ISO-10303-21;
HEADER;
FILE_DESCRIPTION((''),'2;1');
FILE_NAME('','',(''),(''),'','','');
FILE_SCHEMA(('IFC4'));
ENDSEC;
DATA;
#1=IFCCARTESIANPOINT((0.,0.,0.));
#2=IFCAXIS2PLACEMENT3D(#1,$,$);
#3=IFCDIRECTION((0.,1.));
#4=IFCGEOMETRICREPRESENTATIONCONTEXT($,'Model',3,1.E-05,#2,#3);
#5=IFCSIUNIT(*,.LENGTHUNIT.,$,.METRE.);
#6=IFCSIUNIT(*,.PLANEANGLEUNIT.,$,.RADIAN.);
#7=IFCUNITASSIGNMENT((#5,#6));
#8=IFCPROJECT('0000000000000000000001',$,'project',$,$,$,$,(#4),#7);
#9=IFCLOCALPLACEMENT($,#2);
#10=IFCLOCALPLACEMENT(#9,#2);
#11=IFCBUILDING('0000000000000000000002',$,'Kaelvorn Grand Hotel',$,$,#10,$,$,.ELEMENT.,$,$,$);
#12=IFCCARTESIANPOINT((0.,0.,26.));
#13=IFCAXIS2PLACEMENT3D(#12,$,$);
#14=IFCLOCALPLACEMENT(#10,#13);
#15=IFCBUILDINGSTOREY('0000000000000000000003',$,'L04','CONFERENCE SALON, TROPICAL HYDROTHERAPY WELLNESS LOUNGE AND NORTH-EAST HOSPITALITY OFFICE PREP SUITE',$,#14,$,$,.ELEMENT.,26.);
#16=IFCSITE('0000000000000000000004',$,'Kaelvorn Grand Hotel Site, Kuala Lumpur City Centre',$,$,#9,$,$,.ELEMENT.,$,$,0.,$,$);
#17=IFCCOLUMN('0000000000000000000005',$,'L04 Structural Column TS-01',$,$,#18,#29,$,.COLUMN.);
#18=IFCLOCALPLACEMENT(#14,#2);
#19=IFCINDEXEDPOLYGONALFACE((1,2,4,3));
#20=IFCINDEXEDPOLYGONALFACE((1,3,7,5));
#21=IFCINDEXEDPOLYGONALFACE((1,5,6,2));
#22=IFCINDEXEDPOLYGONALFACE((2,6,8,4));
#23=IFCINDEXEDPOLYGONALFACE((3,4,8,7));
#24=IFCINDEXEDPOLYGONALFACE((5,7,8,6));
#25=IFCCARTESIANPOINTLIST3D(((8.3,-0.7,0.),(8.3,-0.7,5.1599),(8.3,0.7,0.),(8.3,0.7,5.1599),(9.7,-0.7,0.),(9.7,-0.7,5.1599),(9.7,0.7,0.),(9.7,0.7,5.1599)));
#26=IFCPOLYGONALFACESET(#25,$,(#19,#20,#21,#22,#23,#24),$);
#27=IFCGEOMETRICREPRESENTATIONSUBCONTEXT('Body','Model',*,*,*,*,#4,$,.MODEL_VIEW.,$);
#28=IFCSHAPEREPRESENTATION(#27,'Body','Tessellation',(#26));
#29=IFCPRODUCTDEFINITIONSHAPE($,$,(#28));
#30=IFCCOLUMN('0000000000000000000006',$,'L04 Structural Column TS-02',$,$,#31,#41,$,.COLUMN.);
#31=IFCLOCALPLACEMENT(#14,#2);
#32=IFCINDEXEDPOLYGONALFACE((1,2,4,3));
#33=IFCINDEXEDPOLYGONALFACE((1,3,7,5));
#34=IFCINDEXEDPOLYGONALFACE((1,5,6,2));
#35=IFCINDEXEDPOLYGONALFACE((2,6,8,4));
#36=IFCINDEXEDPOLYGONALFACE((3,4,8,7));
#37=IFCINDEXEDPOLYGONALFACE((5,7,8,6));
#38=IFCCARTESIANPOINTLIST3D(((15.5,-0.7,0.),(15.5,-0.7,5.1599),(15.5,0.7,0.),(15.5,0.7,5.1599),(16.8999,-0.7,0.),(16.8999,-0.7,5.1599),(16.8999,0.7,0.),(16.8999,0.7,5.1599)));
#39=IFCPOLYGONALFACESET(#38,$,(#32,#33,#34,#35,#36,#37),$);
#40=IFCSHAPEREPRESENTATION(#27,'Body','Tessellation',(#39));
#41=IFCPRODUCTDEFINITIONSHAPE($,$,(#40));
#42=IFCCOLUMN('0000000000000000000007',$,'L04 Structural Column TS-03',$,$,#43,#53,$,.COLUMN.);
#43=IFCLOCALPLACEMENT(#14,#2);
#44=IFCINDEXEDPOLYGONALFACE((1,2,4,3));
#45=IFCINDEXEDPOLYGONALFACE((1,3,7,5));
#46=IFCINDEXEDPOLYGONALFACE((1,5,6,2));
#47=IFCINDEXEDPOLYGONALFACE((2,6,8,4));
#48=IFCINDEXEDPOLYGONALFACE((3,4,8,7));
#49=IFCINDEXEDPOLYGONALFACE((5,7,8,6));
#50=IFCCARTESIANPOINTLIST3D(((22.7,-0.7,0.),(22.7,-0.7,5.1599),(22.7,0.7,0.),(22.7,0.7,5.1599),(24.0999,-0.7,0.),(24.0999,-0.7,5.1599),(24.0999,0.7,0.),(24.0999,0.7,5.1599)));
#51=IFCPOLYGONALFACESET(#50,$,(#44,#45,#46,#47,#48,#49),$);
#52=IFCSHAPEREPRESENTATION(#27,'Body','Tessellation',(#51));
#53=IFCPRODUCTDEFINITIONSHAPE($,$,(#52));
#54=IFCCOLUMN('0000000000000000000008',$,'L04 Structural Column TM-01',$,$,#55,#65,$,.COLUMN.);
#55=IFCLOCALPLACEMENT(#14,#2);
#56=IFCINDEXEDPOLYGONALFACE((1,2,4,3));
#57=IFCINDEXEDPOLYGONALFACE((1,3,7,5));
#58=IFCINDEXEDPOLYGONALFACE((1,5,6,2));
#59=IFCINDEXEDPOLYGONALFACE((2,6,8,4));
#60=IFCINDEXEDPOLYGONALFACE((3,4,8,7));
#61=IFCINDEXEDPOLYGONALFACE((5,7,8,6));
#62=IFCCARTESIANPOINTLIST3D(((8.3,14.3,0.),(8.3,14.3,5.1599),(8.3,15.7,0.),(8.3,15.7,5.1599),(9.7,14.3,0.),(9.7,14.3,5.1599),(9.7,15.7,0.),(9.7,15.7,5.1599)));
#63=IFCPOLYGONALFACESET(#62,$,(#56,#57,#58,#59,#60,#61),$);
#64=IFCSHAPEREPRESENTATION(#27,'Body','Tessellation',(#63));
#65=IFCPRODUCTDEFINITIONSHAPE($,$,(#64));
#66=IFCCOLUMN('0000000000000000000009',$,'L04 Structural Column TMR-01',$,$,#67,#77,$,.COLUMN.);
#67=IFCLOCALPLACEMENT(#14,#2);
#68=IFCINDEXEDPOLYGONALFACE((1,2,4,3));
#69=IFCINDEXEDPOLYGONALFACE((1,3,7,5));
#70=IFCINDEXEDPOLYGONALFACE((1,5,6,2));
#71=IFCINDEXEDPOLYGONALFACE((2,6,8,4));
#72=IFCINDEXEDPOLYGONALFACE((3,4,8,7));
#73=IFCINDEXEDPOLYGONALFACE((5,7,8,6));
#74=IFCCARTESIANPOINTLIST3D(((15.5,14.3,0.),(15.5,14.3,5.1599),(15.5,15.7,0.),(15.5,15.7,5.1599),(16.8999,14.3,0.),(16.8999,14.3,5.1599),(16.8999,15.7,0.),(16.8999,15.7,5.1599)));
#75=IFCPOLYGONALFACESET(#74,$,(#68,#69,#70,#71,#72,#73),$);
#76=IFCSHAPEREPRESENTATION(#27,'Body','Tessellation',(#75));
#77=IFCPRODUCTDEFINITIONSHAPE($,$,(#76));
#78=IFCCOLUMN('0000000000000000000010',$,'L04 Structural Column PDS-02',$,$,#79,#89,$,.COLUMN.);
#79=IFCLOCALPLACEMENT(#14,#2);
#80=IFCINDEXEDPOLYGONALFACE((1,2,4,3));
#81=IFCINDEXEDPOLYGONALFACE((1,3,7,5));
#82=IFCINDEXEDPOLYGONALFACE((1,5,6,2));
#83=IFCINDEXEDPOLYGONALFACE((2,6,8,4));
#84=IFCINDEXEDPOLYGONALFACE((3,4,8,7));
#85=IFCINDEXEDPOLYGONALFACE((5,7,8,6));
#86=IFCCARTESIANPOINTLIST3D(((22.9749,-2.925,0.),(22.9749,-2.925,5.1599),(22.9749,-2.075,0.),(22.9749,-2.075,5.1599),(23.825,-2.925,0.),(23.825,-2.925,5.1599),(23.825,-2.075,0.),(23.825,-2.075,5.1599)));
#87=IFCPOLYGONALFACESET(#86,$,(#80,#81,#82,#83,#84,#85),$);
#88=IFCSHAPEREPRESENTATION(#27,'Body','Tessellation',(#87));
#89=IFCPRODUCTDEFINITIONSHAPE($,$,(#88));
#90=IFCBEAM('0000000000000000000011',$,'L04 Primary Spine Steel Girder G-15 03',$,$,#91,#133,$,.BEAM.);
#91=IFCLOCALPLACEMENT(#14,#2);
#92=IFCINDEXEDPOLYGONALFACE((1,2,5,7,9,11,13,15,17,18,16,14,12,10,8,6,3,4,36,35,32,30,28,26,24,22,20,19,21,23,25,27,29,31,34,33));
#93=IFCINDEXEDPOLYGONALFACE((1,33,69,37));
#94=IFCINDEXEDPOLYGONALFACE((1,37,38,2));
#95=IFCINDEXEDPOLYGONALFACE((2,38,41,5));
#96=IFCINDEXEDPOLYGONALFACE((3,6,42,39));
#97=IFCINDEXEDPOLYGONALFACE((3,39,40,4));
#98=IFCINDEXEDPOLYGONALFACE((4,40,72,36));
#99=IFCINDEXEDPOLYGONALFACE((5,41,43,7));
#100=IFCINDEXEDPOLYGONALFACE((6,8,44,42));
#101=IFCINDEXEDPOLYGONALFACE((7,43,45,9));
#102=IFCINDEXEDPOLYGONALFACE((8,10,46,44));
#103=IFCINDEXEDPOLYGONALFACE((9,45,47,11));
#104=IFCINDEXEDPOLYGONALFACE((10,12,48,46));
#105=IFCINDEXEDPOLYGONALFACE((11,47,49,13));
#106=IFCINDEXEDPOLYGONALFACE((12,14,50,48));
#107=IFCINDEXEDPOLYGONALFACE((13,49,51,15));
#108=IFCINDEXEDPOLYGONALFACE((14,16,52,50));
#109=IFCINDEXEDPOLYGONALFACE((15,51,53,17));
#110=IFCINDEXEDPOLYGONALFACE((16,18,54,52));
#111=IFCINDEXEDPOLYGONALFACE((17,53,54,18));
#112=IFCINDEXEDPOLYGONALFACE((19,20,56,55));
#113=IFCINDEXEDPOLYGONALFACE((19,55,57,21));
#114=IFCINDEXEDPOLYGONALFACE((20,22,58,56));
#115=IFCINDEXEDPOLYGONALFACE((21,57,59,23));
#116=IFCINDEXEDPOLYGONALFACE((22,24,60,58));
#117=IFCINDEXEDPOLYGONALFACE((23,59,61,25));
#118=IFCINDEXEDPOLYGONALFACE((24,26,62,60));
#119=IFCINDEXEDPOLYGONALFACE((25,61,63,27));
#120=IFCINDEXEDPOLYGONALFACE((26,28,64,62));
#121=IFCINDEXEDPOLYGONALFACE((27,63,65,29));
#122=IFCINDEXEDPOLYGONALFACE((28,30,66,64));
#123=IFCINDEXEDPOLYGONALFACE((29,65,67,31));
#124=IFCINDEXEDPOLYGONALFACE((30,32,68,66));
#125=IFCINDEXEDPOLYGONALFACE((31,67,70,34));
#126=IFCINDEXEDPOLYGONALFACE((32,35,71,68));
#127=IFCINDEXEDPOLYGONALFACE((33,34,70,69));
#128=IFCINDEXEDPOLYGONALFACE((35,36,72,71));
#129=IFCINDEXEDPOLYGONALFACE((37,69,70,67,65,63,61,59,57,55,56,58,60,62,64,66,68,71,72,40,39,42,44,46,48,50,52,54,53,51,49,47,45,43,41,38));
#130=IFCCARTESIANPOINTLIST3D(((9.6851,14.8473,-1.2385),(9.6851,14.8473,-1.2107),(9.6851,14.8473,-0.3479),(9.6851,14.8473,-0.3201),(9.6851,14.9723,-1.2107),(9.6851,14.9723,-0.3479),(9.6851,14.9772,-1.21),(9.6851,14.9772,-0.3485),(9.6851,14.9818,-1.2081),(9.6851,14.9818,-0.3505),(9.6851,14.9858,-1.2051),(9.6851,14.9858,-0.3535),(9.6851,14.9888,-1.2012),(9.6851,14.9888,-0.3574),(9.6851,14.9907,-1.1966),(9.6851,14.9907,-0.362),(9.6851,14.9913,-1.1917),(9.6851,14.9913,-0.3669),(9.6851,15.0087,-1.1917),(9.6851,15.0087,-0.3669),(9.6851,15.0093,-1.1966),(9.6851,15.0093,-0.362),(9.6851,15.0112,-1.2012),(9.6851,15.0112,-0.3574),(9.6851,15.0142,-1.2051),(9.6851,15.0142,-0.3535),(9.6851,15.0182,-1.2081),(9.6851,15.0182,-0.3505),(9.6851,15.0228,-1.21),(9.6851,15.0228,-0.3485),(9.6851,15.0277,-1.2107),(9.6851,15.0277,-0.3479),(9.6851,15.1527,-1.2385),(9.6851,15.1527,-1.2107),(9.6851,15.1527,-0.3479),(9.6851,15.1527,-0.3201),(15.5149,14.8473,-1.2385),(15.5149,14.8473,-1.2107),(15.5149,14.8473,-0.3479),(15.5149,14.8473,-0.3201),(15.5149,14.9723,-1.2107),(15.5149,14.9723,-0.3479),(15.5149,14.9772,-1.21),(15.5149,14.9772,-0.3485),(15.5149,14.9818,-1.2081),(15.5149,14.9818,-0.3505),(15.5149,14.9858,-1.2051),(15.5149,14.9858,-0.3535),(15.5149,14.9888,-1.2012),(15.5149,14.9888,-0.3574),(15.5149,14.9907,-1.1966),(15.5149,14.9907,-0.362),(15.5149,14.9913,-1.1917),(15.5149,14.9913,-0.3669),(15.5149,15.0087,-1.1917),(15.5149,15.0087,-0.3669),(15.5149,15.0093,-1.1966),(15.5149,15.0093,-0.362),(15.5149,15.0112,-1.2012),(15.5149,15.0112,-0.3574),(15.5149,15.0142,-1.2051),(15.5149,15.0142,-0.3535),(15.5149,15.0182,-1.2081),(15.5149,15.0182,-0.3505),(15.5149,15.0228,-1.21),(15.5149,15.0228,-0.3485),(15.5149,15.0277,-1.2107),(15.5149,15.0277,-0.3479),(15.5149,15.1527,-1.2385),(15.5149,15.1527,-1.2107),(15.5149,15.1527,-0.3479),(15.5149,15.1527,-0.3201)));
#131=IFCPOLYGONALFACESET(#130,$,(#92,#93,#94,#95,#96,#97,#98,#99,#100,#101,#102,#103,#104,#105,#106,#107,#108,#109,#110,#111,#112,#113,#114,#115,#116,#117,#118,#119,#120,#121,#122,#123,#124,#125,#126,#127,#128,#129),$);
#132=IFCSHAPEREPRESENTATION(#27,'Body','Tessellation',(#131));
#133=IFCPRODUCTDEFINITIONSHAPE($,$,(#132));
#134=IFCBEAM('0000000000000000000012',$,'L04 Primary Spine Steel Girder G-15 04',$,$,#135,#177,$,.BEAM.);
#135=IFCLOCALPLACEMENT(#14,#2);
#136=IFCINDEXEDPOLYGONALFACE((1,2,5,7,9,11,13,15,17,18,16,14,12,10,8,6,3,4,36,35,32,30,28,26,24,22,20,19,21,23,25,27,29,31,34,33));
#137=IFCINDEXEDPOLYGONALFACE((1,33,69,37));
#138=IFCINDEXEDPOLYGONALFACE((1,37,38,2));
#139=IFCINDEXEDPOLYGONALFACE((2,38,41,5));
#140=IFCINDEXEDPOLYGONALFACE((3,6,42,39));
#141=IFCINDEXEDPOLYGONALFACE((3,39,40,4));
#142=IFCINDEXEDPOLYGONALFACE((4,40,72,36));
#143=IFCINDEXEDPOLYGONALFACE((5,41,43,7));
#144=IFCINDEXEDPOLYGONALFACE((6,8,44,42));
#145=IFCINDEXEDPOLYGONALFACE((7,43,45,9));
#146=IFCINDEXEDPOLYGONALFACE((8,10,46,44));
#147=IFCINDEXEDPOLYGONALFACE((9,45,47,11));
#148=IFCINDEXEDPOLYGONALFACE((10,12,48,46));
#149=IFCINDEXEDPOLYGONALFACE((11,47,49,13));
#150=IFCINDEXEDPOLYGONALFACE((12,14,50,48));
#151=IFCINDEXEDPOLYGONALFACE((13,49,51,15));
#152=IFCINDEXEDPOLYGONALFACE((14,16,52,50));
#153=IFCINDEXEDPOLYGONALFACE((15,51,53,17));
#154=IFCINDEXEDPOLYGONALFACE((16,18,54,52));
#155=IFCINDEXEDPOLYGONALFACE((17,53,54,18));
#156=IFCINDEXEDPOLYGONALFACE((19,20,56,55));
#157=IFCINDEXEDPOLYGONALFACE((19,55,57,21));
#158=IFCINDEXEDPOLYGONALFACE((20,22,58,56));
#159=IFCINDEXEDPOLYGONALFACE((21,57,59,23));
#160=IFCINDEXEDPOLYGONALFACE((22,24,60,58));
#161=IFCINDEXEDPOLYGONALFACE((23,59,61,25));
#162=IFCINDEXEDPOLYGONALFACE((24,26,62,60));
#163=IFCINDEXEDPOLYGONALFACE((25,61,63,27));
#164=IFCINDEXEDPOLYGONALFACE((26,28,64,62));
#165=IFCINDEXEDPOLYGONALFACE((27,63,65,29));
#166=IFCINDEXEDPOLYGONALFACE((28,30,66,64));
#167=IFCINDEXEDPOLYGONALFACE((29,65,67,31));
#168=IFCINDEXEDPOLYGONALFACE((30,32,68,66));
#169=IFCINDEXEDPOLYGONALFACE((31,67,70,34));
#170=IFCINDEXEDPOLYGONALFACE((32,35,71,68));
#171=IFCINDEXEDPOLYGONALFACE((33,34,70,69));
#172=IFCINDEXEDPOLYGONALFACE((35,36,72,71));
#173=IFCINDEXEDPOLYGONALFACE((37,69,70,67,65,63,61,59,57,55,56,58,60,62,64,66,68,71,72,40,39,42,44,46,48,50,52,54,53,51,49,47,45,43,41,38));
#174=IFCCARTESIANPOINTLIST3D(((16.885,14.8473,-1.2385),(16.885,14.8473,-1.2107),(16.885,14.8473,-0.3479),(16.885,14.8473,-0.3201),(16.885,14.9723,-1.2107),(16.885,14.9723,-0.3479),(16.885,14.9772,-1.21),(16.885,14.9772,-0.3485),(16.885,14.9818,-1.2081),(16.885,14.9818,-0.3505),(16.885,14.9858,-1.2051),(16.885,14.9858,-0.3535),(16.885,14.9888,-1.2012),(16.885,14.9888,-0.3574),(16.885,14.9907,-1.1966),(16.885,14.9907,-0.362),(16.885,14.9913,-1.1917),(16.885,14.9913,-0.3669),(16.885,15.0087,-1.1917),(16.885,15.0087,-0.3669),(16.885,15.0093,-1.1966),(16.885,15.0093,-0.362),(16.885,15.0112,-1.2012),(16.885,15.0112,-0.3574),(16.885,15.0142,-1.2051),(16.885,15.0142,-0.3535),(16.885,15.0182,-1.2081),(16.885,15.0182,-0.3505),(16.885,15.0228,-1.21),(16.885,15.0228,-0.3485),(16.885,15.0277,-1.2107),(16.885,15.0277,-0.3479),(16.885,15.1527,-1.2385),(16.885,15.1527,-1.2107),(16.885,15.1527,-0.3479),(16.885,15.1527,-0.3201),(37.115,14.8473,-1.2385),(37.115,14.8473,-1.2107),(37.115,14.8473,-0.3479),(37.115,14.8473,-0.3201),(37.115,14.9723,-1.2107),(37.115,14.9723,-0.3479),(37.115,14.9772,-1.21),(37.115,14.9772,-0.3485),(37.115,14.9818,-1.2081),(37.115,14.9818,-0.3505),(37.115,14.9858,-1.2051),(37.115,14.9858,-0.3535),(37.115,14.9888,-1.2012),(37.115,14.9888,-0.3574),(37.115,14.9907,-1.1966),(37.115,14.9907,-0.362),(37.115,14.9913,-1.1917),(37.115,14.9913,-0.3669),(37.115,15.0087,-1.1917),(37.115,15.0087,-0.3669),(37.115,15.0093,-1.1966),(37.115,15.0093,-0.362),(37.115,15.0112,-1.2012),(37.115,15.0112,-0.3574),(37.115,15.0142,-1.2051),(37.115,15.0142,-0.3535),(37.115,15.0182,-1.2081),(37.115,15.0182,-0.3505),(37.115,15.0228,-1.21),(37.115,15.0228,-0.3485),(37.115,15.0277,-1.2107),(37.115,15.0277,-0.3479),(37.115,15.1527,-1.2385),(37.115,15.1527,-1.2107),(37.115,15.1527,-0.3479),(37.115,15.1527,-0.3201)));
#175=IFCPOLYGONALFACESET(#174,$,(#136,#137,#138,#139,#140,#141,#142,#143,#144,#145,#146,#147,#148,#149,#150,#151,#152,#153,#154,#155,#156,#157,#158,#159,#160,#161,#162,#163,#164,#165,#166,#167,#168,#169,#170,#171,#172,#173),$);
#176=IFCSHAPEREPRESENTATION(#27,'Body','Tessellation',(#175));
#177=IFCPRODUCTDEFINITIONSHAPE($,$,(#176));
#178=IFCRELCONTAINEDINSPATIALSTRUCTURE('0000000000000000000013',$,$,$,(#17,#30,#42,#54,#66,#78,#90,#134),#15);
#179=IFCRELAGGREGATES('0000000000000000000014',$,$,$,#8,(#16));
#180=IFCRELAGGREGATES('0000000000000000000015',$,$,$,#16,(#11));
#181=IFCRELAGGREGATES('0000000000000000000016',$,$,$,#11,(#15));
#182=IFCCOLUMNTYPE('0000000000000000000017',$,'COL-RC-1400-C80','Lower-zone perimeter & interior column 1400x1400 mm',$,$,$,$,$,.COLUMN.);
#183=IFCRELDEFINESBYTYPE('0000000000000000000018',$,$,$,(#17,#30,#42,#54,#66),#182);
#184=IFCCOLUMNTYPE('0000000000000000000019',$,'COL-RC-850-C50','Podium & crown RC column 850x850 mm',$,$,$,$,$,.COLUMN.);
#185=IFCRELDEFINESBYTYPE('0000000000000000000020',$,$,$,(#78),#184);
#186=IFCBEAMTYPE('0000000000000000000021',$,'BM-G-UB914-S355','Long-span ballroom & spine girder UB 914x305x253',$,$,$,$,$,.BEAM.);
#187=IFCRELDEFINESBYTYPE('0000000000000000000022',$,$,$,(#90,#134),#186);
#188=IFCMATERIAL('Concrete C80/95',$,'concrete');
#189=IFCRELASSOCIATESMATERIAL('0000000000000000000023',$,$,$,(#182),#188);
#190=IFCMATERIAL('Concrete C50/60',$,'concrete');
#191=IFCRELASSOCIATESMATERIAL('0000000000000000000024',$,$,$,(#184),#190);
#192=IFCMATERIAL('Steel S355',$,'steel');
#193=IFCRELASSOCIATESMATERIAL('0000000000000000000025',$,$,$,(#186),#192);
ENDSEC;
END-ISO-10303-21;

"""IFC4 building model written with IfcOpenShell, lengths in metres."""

from ifc_helpers import new_model, si_unit, direction, frame, origin, origin_2d, place, context, subcontext, project, spatial, rectangle, i_section, extrude, material, material_profile, profile_set, type_object, element, save


model = new_model("IFC4")

# Units and contexts
model_context = context("Model", 3, precision=1e-05, world=origin(), true_north=direction((0.0, 1.0)))
body_context = subcontext(model_context, "Body", "Model", "MODEL_VIEW")
ifc_project = project(units=[si_unit("LENGTHUNIT", "METRE"), si_unit("PLANEANGLEUNIT", "RADIAN")], contexts=[model_context])

# Site, building, storey
site_placement = place(None, origin())
site = spatial("IfcSite", under=ifc_project, at=site_placement, Name="Kaelvorn Grand Hotel Site, Kuala Lumpur City Centre", CompositionType="ELEMENT", RefElevation=0.0)
building_placement = place(site_placement, origin())
building = spatial("IfcBuilding", under=site, at=building_placement, Name="Kaelvorn Grand Hotel", CompositionType="ELEMENT")
storey_placement = place(building_placement, frame((0.0, 0.0, 26.0)))
storey = spatial("IfcBuildingStorey", under=building, at=storey_placement, Name="L04", Description="CONFERENCE SALON, TROPICAL HYDROTHERAPY WELLNESS LOUNGE AND NORTH-EAST HOSPITALITY OFFICE PREP SUITE", CompositionType="ELEMENT", Elevation=26.0)

# Columns
ifc_material_1 = material(Name="Concrete C80/95", Category="concrete")
ifc_material_profile_1 = material_profile(ifc_material_1, rectangle(XDim=1.3999, YDim=1.3999, at=origin_2d()), Name="RC COL 1400x1400")
ifc_profile_set_1 = profile_set([ifc_material_profile_1], Name="Concrete C80/95")
column_type_1 = type_object("IfcColumnType", Name="COL-RC-1400-C80", Description="Lower-zone perimeter & interior column 1400x1400 mm", PredefinedType="COLUMN", material=ifc_profile_set_1)
for number, where, z_axis, x_axis, name in (
    (1, (9.0, 0.0, 0.0), (0.0, 0.0, 1.0), (1.0, 0.0, 0.0), "L04 Structural Column TS-01"),
    (2, (16.2, 0.0, 0.0), (0.0, 0.0, 1.0), (1.0, 0.0, 0.0), "L04 Structural Column TS-02"),
    (3, (23.3999, 0.0, 0.0), (0.0, 0.0, 1.0), (1.0, 0.0, 0.0), "L04 Structural Column TS-03"),
    (4, (9.0, 15.0, 0.0), (0.0, 0.0, 1.0), (1.0, 0.0, 0.0), "L04 Structural Column TM-01"),
    (5, (16.2, 15.0, 0.0), (0.0, 0.0, 1.0), (1.0, 0.0, 0.0), "L04 Structural Column TMR-01"),
):
    element("IfcColumn", number, at=place(storey_placement, frame(where, z_axis=z_axis, x_axis=x_axis)), inside=storey, type_object=column_type_1, Name=name, PredefinedType="COLUMN", context=body_context, shape_type="SweptSolid", body=[
        extrude(rectangle(XDim=1.3999, YDim=1.3999, at=origin_2d()), origin(), (0.0, 0.0, 1.0), 5.1599),
    ])
ifc_material_2 = material(Name="Concrete C50/60", Category="concrete")
ifc_material_profile_2 = material_profile(ifc_material_2, rectangle(XDim=0.8501, YDim=0.8501, at=origin_2d()), Name="RC COL 850x850")
ifc_profile_set_2 = profile_set([ifc_material_profile_2], Name="Concrete C50/60")
column_type_2 = type_object("IfcColumnType", Name="COL-RC-850-C50", Description="Podium & crown RC column 850x850 mm", PredefinedType="COLUMN", material=ifc_profile_set_2)
column_placement = place(storey_placement, frame((23.3999, -2.5, 0.0), z_axis=(0.0, 0.0, 1.0), x_axis=(1.0, 0.0, 0.0)))
element("IfcColumn", 6, at=column_placement, inside=storey, type_object=column_type_2, Name="L04 Structural Column PDS-02", PredefinedType="COLUMN", context=body_context, shape_type="SweptSolid", body=[
    extrude(rectangle(XDim=0.8501, YDim=0.8501, at=origin_2d()), origin(), (0.0, 0.0, 1.0), 5.1599),
])

# Beams
ifc_material_3 = material(Name="Steel S355", Category="steel")
ifc_material_profile_3 = material_profile(ifc_material_3, i_section(OverallWidth=0.3054, OverallDepth=0.9185, WebThickness=0.0173, FlangeThickness=0.0278, FilletRadius=0.019, at=origin_2d()), Name="UB 914x305x253")
ifc_profile_set_3 = profile_set([ifc_material_profile_3], Name="Steel S355")
beam_type_1 = type_object("IfcBeamType", Name="BM-G-UB914-S355", Description="Long-span ballroom & spine girder UB 914x305x253", PredefinedType="BEAM", material=ifc_profile_set_3)
beam_1_placement = place(storey_placement, frame((9.6851, 15.0, -0.7793), z_axis=(1.0, 0.0, 0.0), x_axis=(0.0, 1.0, 0.0)))
element("IfcBeam", 7, at=beam_1_placement, inside=storey, type_object=beam_type_1, Name="L04 Primary Spine Steel Girder G-15 03", PredefinedType="BEAM", context=body_context, shape_type="SweptSolid", body=[
    extrude(i_section(OverallWidth=0.3054, OverallDepth=0.9185, WebThickness=0.0173, FlangeThickness=0.0278, FilletRadius=0.019, at=origin_2d()), origin(), (0.0, 0.0, 1.0), 5.8298),
])
beam_2_placement = place(storey_placement, frame((16.885, 15.0, -0.7793), z_axis=(1.0, 0.0, 0.0), x_axis=(0.0, 1.0, 0.0)))
element("IfcBeam", 8, at=beam_2_placement, inside=storey, type_object=beam_type_1, Name="L04 Primary Spine Steel Girder G-15 04", PredefinedType="BEAM", context=body_context, shape_type="SweptSolid", body=[
    extrude(i_section(OverallWidth=0.3054, OverallDepth=0.9185, WebThickness=0.0173, FlangeThickness=0.0278, FilletRadius=0.019, at=origin_2d()), origin(), (0.0, 0.0, 1.0), 20.23),
])

save(model, "model.ifc")
